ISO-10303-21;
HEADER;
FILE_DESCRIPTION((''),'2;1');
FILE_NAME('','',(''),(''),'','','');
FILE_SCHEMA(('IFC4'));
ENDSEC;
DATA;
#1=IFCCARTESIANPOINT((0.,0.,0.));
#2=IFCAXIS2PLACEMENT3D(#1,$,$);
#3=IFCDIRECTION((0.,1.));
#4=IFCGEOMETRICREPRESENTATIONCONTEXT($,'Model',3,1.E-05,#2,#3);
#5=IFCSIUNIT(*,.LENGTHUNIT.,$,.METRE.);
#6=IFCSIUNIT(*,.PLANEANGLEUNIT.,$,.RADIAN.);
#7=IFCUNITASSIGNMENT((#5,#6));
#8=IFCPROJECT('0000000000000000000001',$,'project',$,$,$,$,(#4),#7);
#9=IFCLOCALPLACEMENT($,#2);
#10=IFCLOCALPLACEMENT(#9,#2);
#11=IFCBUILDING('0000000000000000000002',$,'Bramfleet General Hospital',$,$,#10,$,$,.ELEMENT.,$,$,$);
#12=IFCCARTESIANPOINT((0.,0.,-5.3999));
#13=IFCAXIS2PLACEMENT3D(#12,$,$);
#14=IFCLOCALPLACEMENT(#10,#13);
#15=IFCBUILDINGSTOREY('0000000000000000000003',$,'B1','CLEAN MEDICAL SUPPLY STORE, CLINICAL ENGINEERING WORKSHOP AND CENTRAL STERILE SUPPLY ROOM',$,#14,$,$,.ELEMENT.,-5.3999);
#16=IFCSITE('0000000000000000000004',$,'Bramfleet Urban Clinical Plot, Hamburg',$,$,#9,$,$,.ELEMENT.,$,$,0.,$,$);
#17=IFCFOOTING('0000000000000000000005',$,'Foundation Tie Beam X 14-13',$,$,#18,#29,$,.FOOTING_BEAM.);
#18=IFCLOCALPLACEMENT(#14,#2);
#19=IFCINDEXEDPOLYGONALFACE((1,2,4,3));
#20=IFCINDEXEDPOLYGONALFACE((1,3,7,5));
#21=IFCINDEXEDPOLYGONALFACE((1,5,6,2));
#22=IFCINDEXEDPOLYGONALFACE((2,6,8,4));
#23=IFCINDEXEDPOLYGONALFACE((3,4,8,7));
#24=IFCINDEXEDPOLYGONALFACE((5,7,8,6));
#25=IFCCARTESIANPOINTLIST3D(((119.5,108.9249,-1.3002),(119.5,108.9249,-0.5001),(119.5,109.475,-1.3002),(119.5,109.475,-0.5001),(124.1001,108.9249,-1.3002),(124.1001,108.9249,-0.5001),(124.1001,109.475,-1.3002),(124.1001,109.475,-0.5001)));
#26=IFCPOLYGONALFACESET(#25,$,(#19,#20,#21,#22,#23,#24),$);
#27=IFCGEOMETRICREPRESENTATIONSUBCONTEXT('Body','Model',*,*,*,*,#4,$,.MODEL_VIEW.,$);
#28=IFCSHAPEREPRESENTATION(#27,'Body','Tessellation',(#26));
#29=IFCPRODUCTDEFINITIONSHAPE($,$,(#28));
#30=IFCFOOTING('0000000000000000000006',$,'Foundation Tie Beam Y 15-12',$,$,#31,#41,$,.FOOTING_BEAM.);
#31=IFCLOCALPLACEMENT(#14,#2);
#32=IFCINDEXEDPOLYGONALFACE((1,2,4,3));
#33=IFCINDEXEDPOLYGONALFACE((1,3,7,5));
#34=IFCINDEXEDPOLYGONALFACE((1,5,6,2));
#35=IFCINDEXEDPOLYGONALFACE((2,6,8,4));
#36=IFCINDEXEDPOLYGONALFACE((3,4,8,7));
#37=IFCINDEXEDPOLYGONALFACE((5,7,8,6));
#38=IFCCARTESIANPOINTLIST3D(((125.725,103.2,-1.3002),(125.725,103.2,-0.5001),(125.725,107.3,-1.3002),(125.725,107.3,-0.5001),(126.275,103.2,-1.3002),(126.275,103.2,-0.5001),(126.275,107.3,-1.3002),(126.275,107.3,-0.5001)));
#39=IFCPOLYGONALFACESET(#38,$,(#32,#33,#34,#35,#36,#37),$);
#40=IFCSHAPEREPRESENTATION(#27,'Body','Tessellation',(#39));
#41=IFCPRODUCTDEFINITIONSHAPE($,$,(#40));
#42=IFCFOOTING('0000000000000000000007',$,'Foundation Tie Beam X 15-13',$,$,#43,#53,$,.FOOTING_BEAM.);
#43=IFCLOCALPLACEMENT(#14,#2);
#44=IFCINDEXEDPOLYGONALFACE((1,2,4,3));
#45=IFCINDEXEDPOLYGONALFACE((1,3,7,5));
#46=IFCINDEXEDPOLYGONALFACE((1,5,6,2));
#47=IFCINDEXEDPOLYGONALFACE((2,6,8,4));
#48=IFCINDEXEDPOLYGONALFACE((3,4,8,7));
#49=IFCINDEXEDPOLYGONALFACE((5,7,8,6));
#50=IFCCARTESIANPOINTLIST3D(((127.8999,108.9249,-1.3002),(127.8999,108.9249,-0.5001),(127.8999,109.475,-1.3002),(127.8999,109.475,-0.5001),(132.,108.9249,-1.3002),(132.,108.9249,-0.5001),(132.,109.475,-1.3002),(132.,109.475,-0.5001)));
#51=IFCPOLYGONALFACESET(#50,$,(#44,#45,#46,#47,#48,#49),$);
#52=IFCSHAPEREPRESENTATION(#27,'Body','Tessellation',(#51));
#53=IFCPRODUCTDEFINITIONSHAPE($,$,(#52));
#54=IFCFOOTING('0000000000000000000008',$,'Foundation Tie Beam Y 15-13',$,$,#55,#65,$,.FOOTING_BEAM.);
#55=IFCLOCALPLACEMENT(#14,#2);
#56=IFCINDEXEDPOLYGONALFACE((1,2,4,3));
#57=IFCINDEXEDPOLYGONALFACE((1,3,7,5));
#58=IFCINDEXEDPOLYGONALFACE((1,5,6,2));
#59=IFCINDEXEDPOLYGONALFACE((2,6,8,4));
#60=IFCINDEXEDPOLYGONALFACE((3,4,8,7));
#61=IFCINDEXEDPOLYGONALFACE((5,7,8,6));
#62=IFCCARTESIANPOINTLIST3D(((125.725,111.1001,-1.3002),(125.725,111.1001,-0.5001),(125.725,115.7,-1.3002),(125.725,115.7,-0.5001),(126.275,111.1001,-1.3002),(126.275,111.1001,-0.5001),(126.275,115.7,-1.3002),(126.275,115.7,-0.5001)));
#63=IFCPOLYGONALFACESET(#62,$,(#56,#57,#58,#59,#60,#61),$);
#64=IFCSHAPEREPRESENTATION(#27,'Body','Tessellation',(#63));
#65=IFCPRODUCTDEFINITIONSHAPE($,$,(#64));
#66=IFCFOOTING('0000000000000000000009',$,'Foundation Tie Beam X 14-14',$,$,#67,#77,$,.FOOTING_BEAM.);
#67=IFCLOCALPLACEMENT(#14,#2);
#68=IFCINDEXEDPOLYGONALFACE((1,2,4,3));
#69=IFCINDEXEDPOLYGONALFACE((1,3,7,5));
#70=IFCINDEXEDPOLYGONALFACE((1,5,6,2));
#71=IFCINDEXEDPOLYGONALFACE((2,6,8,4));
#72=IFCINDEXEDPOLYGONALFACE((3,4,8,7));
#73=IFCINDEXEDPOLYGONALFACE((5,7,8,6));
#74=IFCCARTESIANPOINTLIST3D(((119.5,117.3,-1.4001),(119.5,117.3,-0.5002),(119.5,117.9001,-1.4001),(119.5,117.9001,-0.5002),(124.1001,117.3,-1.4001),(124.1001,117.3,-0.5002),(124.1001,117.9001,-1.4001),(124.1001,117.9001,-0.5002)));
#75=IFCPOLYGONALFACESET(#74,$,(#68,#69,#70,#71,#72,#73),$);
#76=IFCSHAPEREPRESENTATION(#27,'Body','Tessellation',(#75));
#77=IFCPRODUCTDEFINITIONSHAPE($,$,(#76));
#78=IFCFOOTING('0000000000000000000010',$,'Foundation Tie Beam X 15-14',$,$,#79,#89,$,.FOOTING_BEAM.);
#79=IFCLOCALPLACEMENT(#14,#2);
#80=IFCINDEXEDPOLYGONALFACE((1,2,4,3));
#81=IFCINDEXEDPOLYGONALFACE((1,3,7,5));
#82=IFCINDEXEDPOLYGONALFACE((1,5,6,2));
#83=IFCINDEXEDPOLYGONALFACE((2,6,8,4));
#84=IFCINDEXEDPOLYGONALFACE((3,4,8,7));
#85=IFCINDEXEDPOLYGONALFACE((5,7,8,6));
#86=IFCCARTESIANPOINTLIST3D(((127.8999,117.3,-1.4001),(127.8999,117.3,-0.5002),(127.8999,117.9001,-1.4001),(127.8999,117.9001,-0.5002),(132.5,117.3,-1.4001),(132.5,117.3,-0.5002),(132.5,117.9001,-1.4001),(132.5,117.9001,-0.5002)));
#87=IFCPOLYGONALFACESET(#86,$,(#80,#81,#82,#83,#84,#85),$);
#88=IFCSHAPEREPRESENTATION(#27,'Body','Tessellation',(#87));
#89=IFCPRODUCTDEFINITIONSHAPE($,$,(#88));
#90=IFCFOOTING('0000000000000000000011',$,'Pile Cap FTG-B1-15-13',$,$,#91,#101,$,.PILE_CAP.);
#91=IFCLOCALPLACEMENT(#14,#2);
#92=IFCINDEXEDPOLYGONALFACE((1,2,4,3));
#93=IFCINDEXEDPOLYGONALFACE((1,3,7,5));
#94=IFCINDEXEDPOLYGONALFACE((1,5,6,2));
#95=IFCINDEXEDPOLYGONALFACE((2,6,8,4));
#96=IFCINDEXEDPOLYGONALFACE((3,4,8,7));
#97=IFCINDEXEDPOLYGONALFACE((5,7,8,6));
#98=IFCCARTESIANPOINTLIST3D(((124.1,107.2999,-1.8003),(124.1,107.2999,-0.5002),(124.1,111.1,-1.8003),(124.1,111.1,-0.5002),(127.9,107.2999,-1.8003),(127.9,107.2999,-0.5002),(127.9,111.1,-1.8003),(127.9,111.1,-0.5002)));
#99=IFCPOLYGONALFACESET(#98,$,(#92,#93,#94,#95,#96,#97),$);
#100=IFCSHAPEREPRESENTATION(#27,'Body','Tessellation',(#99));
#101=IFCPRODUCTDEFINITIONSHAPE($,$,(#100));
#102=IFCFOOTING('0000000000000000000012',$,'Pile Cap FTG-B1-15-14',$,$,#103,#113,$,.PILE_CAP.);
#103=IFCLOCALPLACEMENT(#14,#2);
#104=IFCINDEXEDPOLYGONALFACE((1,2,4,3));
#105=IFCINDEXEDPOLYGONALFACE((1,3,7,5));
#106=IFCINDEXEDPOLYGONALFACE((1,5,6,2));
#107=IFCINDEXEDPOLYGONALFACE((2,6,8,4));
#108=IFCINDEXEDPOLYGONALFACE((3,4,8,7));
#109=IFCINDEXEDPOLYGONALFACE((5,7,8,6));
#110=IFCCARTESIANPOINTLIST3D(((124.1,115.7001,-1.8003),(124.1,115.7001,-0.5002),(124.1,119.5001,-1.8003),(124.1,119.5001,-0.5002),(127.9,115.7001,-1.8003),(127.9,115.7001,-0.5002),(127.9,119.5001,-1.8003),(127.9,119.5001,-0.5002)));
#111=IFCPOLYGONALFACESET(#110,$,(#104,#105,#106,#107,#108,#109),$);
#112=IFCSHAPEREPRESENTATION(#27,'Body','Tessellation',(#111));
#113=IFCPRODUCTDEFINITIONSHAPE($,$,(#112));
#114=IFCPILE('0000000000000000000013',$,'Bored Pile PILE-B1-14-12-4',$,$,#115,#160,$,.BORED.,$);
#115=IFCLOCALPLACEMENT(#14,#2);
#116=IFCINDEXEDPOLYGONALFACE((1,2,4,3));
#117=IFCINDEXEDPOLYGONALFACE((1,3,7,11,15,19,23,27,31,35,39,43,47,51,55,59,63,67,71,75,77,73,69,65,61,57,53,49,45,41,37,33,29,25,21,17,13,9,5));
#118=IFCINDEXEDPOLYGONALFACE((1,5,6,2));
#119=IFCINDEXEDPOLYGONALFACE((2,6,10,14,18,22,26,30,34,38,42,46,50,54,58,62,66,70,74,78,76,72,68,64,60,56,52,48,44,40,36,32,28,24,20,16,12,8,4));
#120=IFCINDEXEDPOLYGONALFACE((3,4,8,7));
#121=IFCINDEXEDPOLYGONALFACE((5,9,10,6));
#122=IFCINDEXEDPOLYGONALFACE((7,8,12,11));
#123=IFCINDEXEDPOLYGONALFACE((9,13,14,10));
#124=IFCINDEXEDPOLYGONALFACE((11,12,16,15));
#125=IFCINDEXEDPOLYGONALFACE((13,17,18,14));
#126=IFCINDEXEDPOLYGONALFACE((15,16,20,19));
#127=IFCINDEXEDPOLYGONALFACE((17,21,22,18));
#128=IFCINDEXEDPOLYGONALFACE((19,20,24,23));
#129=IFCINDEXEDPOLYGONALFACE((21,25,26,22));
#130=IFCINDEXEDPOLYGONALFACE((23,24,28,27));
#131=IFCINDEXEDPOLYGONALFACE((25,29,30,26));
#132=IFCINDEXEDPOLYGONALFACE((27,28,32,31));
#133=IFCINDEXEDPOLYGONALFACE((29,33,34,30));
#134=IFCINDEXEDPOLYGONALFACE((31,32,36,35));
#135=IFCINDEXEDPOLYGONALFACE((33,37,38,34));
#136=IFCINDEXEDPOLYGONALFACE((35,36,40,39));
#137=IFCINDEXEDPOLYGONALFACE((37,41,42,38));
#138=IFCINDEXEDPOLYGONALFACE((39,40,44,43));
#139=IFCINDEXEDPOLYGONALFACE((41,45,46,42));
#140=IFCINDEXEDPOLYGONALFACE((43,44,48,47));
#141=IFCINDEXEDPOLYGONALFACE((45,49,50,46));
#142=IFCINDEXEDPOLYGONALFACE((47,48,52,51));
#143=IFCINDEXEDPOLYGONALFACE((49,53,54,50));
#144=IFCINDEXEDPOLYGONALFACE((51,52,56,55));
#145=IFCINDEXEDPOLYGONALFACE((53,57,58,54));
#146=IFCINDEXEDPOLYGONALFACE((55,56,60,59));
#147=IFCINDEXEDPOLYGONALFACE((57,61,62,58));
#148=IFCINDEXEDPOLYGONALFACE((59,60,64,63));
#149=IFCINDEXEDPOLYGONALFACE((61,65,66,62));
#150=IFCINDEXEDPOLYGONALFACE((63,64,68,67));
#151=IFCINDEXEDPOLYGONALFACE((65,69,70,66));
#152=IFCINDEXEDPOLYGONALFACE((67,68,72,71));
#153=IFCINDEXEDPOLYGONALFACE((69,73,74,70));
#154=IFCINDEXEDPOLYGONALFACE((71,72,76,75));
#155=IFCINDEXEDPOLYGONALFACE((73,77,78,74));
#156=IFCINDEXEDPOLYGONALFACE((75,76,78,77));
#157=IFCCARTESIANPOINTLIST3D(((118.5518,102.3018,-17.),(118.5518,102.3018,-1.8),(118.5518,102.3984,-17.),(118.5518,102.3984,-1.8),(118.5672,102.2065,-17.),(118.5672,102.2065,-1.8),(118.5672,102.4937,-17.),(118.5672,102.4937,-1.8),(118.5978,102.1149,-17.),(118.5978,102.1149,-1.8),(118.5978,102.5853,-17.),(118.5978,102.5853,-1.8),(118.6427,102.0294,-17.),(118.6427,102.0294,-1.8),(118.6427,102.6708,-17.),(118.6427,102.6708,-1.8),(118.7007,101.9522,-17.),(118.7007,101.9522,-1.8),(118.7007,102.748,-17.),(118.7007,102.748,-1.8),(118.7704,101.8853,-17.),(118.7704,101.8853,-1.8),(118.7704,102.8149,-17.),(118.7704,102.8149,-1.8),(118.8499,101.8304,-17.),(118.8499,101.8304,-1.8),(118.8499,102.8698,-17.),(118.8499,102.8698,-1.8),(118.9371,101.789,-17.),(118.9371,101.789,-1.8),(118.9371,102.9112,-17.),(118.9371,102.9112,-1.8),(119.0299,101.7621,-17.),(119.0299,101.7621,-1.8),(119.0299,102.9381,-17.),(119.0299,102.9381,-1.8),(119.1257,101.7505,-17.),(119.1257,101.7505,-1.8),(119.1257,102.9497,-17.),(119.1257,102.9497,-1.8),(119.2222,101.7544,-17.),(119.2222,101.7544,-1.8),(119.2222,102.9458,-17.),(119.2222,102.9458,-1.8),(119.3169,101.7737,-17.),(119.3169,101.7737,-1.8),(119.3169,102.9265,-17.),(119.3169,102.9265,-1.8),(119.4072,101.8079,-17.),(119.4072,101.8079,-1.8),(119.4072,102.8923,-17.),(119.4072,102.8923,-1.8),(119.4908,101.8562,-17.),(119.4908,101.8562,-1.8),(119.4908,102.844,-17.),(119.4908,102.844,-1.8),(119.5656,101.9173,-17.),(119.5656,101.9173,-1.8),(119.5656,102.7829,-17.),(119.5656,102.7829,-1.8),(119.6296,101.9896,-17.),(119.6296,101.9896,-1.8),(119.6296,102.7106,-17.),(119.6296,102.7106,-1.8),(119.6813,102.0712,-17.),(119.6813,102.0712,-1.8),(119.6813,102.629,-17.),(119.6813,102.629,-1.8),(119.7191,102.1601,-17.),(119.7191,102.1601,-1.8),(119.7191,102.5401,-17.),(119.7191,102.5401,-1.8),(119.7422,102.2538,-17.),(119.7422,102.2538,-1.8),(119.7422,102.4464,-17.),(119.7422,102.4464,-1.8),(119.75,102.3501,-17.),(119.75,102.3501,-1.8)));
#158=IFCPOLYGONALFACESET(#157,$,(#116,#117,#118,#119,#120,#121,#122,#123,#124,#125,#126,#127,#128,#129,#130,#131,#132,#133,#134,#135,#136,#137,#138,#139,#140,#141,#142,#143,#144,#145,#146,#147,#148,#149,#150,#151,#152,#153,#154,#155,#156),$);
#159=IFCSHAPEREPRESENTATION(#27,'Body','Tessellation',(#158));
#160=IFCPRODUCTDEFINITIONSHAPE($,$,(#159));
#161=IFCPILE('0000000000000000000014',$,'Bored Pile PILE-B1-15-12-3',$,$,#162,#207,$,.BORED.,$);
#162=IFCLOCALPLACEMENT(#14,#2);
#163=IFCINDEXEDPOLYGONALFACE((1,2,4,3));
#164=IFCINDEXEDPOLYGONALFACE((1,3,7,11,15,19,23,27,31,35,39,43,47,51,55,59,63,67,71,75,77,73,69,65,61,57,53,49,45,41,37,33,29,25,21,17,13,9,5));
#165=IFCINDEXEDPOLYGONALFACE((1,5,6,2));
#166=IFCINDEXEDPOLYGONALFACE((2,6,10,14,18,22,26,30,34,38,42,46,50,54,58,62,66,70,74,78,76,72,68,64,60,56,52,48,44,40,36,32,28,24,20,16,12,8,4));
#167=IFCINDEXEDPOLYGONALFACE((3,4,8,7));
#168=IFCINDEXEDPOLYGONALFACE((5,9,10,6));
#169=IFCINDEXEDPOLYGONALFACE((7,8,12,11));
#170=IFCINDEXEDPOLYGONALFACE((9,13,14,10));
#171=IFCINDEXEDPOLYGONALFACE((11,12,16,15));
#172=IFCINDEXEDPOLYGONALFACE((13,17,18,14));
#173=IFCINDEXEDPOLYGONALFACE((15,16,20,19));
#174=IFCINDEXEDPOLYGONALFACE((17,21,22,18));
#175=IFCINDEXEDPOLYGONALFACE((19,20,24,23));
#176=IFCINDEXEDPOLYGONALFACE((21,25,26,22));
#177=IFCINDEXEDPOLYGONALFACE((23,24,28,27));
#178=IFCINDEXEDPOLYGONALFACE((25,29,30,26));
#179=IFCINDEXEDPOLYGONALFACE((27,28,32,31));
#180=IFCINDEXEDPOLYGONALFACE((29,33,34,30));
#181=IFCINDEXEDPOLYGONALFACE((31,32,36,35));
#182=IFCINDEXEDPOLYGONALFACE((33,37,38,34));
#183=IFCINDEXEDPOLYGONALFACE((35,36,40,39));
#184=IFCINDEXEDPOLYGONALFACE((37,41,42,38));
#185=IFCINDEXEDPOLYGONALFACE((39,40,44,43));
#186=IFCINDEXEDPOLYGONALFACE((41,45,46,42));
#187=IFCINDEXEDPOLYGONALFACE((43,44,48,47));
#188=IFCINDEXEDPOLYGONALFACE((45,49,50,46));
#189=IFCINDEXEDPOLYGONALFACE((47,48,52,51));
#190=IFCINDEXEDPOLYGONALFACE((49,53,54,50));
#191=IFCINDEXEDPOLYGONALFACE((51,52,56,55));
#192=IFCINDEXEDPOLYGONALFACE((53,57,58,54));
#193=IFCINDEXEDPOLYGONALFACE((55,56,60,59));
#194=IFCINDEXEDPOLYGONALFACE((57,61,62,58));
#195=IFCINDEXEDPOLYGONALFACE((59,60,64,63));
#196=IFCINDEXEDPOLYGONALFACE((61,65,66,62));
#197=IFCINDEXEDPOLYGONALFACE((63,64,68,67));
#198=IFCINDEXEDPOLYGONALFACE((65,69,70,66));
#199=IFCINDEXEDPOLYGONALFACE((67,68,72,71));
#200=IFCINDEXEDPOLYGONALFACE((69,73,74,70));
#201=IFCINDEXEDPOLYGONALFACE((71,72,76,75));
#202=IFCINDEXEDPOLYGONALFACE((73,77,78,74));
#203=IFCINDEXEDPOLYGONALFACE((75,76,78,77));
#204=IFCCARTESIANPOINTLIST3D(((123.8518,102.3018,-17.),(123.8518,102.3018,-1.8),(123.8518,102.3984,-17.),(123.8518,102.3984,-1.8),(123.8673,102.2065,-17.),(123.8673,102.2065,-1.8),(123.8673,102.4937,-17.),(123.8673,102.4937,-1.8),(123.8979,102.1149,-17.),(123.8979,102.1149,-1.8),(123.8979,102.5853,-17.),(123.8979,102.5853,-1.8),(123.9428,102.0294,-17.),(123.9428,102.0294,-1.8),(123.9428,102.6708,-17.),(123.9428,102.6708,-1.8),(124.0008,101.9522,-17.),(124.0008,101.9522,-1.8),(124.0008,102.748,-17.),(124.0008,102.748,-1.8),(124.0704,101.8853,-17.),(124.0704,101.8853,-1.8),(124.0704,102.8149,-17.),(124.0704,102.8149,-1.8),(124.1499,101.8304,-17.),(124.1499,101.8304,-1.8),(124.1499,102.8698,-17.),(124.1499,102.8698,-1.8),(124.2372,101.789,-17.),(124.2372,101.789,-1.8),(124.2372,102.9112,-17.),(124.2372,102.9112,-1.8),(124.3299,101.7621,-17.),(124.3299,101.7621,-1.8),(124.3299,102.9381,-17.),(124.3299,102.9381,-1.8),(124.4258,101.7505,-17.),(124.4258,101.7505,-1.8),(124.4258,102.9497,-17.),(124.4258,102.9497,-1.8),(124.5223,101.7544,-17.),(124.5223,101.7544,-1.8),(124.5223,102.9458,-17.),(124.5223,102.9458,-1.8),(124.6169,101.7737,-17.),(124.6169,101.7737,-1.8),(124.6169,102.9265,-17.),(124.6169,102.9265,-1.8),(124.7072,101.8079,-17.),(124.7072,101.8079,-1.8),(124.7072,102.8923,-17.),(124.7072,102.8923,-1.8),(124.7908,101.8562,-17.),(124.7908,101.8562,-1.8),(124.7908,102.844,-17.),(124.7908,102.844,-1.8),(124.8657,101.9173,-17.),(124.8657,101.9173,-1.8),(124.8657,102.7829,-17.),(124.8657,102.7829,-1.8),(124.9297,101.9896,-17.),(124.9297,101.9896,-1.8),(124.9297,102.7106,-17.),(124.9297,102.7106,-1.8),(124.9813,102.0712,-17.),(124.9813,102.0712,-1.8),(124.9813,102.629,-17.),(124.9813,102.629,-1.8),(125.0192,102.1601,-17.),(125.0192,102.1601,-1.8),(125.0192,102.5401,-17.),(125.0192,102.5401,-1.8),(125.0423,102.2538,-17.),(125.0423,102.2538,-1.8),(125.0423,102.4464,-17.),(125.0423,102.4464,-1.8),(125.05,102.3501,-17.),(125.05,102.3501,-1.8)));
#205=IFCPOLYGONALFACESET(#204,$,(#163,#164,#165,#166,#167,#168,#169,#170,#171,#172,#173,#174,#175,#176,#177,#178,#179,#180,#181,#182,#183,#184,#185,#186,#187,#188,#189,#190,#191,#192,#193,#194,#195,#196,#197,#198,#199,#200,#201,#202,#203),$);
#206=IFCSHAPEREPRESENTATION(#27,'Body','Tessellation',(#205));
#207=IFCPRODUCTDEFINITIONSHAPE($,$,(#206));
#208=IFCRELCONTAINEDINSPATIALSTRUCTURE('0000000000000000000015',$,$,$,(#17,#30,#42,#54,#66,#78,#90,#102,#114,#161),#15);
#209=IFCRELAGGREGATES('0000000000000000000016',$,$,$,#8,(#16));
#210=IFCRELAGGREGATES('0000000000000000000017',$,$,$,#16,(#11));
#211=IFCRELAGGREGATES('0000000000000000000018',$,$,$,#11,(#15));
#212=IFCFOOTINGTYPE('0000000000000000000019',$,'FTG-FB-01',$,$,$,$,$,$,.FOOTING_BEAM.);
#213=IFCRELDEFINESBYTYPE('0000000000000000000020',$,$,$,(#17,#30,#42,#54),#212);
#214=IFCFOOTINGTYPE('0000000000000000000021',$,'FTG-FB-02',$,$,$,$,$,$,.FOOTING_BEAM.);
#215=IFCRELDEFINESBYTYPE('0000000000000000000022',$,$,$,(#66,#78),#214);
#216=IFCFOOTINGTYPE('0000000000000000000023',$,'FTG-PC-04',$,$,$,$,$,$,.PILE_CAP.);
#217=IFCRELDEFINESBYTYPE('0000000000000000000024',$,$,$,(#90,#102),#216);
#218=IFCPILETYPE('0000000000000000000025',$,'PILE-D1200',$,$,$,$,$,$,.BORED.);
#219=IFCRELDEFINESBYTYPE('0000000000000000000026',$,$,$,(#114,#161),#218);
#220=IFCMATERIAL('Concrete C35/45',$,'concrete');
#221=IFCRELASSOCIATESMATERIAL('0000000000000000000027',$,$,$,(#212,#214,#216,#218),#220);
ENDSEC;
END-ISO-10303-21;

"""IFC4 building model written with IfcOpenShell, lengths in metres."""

from ifc_helpers import new_model, si_unit, direction, frame, origin, origin_2d, place, context, subcontext, project, spatial, rectangle, circle, extrude, material, material_profile, profile_set, type_object, element, save


model = new_model("IFC4")

# Units and contexts
model_context = context("Model", 3, precision=1e-05, world=origin(), true_north=direction((0.0, 1.0)))
body_context = subcontext(model_context, "Body", "Model", "MODEL_VIEW")
ifc_project = project(units=[si_unit("LENGTHUNIT", "METRE"), si_unit("PLANEANGLEUNIT", "RADIAN")], contexts=[model_context])

# Site, building, storey
site_placement = place(None, origin())
site = spatial("IfcSite", under=ifc_project, at=site_placement, Name="Bramfleet Urban Clinical Plot, Hamburg", CompositionType="ELEMENT", RefElevation=0.0)
building_placement = place(site_placement, origin())
building = spatial("IfcBuilding", under=site, at=building_placement, Name="Bramfleet General Hospital", CompositionType="ELEMENT")
storey_placement = place(building_placement, frame((0.0, 0.0, -5.3999)))
storey = spatial("IfcBuildingStorey", under=building, at=storey_placement, Name="B1", Description="CLEAN MEDICAL SUPPLY STORE, CLINICAL ENGINEERING WORKSHOP AND CENTRAL STERILE SUPPLY ROOM", CompositionType="ELEMENT", Elevation=-5.3999)

# Footings
ifc_material_1 = material(Name="Concrete C35/45", Category="concrete")
ifc_material_profile_1 = material_profile(ifc_material_1, rectangle(XDim=0.55, YDim=0.8, at=origin_2d()), Name="RC FB 800x550")
ifc_profile_set_1 = profile_set([ifc_material_profile_1], Name="Concrete C35/45")
footing_type_1 = type_object("IfcFootingType", Name="FTG-FB-01", PredefinedType="FOOTING_BEAM", material=ifc_profile_set_1)
footing_1_placement = place(storey_placement, frame((119.5, 109.2, -0.9001), z_axis=(1.0, 0.0, 0.0), x_axis=(0.0, 1.0, 0.0)))
element("IfcFooting", 1, at=footing_1_placement, inside=storey, type_object=footing_type_1, Name="Foundation Tie Beam X 14-13", PredefinedType="FOOTING_BEAM", context=body_context, shape_type="SweptSolid", body=[
    extrude(rectangle(XDim=0.55, YDim=0.8, at=origin_2d()), origin(), (0.0, 0.0, 1.0), 4.6001),
])
for number, where, z_axis, x_axis, name in (
    (2, (126.0, 103.2, -0.9001), (0.0, 1.0, 0.0), (-1.0, 0.0, 0.0), "Foundation Tie Beam Y 15-12"),
    (3, (127.8999, 109.2, -0.9001), (1.0, 0.0, 0.0), (0.0, 1.0, 0.0), "Foundation Tie Beam X 15-13"),
):
    element("IfcFooting", number, at=place(storey_placement, frame(where, z_axis=z_axis, x_axis=x_axis)), inside=storey, type_object=footing_type_1, Name=name, PredefinedType="FOOTING_BEAM", context=body_context, shape_type="SweptSolid", body=[
        extrude(rectangle(XDim=0.55, YDim=0.8, at=origin_2d()), origin(), (0.0, 0.0, 1.0), 4.1001),
    ])
footing_2_placement = place(storey_placement, frame((126.0, 111.1001, -0.9001), z_axis=(0.0, 1.0, 0.0), x_axis=(-1.0, 0.0, 0.0)))
element("IfcFooting", 4, at=footing_2_placement, inside=storey, type_object=footing_type_1, Name="Foundation Tie Beam Y 15-13", PredefinedType="FOOTING_BEAM", context=body_context, shape_type="SweptSolid", body=[
    extrude(rectangle(XDim=0.55, YDim=0.8, at=origin_2d()), origin(), (0.0, 0.0, 1.0), 4.5999),
])
ifc_material_profile_2 = material_profile(ifc_material_1, rectangle(XDim=0.6001, YDim=0.8999, at=origin_2d()), Name="RC FB 900x600")
ifc_profile_set_2 = profile_set([ifc_material_profile_2], Name="Concrete C35/45")
footing_type_2 = type_object("IfcFootingType", Name="FTG-FB-02", PredefinedType="FOOTING_BEAM", material=ifc_profile_set_2)
for number, where, z_axis, x_axis, name in (
    (5, (119.5, 117.6001, -0.9502), (1.0, 0.0, 0.0), (0.0, 1.0, 0.0), "Foundation Tie Beam X 14-14"),
    (6, (127.8999, 117.6001, -0.9502), (1.0, 0.0, 0.0), (0.0, 1.0, 0.0), "Foundation Tie Beam X 15-14"),
):
    element("IfcFooting", number, at=place(storey_placement, frame(where, z_axis=z_axis, x_axis=x_axis)), inside=storey, type_object=footing_type_2, Name=name, PredefinedType="FOOTING_BEAM", context=body_context, shape_type="SweptSolid", body=[
        extrude(rectangle(XDim=0.6001, YDim=0.8999, at=origin_2d()), origin(), (0.0, 0.0, 1.0), 4.6001),
    ])
footing_type_3 = type_object("IfcFootingType", Name="FTG-PC-04", PredefinedType="PILE_CAP", material=ifc_material_1)
for number, where, z_axis, x_axis, name in (
    (7, (126.0, 109.2, -1.8003), (0.0, 0.0, 1.0), (1.0, 0.0, 0.0), "Pile Cap FTG-B1-15-13"),
    (8, (126.0, 117.6001, -1.8003), (0.0, 0.0, 1.0), (1.0, 0.0, 0.0), "Pile Cap FTG-B1-15-14"),
):
    element("IfcFooting", number, at=place(storey_placement, frame(where, z_axis=z_axis, x_axis=x_axis)), inside=storey, type_object=footing_type_3, Name=name, PredefinedType="PILE_CAP", context=body_context, shape_type="SweptSolid", body=[
        extrude(rectangle(XDim=3.8, YDim=3.8, at=origin_2d()), origin(), (0.0, 0.0, 1.0), 1.3),
    ])

# Piles
ifc_material_profile_3 = material_profile(ifc_material_1, circle(Radius=0.6001, at=origin_2d()), Name="PILE BORED D1200")
ifc_profile_set_3 = profile_set([ifc_material_profile_3], Name="Concrete C35/45")
pile_type_1 = type_object("IfcPileType", Name="PILE-D1200", PredefinedType="BORED", material=ifc_profile_set_3)
for number, where, z_axis, x_axis, name in (
    (9, (119.1499, 102.3501, -1.8), (0.0, 0.0, -1.0), (1.0, 0.0, 0.0), "Bored Pile PILE-B1-14-12-4"),
    (10, (124.45, 102.3501, -1.8), (0.0, 0.0, -1.0), (1.0, 0.0, 0.0), "Bored Pile PILE-B1-15-12-3"),
):
    element("IfcPile", number, at=place(storey_placement, frame(where, z_axis=z_axis, x_axis=x_axis)), inside=storey, type_object=pile_type_1, Name=name, PredefinedType="BORED", context=body_context, shape_type="SweptSolid", body=[
        extrude(circle(Radius=0.6001, at=origin_2d()), origin(), (0.0, 0.0, 1.0), 15.2),
    ])

save(model, "model.ifc")
